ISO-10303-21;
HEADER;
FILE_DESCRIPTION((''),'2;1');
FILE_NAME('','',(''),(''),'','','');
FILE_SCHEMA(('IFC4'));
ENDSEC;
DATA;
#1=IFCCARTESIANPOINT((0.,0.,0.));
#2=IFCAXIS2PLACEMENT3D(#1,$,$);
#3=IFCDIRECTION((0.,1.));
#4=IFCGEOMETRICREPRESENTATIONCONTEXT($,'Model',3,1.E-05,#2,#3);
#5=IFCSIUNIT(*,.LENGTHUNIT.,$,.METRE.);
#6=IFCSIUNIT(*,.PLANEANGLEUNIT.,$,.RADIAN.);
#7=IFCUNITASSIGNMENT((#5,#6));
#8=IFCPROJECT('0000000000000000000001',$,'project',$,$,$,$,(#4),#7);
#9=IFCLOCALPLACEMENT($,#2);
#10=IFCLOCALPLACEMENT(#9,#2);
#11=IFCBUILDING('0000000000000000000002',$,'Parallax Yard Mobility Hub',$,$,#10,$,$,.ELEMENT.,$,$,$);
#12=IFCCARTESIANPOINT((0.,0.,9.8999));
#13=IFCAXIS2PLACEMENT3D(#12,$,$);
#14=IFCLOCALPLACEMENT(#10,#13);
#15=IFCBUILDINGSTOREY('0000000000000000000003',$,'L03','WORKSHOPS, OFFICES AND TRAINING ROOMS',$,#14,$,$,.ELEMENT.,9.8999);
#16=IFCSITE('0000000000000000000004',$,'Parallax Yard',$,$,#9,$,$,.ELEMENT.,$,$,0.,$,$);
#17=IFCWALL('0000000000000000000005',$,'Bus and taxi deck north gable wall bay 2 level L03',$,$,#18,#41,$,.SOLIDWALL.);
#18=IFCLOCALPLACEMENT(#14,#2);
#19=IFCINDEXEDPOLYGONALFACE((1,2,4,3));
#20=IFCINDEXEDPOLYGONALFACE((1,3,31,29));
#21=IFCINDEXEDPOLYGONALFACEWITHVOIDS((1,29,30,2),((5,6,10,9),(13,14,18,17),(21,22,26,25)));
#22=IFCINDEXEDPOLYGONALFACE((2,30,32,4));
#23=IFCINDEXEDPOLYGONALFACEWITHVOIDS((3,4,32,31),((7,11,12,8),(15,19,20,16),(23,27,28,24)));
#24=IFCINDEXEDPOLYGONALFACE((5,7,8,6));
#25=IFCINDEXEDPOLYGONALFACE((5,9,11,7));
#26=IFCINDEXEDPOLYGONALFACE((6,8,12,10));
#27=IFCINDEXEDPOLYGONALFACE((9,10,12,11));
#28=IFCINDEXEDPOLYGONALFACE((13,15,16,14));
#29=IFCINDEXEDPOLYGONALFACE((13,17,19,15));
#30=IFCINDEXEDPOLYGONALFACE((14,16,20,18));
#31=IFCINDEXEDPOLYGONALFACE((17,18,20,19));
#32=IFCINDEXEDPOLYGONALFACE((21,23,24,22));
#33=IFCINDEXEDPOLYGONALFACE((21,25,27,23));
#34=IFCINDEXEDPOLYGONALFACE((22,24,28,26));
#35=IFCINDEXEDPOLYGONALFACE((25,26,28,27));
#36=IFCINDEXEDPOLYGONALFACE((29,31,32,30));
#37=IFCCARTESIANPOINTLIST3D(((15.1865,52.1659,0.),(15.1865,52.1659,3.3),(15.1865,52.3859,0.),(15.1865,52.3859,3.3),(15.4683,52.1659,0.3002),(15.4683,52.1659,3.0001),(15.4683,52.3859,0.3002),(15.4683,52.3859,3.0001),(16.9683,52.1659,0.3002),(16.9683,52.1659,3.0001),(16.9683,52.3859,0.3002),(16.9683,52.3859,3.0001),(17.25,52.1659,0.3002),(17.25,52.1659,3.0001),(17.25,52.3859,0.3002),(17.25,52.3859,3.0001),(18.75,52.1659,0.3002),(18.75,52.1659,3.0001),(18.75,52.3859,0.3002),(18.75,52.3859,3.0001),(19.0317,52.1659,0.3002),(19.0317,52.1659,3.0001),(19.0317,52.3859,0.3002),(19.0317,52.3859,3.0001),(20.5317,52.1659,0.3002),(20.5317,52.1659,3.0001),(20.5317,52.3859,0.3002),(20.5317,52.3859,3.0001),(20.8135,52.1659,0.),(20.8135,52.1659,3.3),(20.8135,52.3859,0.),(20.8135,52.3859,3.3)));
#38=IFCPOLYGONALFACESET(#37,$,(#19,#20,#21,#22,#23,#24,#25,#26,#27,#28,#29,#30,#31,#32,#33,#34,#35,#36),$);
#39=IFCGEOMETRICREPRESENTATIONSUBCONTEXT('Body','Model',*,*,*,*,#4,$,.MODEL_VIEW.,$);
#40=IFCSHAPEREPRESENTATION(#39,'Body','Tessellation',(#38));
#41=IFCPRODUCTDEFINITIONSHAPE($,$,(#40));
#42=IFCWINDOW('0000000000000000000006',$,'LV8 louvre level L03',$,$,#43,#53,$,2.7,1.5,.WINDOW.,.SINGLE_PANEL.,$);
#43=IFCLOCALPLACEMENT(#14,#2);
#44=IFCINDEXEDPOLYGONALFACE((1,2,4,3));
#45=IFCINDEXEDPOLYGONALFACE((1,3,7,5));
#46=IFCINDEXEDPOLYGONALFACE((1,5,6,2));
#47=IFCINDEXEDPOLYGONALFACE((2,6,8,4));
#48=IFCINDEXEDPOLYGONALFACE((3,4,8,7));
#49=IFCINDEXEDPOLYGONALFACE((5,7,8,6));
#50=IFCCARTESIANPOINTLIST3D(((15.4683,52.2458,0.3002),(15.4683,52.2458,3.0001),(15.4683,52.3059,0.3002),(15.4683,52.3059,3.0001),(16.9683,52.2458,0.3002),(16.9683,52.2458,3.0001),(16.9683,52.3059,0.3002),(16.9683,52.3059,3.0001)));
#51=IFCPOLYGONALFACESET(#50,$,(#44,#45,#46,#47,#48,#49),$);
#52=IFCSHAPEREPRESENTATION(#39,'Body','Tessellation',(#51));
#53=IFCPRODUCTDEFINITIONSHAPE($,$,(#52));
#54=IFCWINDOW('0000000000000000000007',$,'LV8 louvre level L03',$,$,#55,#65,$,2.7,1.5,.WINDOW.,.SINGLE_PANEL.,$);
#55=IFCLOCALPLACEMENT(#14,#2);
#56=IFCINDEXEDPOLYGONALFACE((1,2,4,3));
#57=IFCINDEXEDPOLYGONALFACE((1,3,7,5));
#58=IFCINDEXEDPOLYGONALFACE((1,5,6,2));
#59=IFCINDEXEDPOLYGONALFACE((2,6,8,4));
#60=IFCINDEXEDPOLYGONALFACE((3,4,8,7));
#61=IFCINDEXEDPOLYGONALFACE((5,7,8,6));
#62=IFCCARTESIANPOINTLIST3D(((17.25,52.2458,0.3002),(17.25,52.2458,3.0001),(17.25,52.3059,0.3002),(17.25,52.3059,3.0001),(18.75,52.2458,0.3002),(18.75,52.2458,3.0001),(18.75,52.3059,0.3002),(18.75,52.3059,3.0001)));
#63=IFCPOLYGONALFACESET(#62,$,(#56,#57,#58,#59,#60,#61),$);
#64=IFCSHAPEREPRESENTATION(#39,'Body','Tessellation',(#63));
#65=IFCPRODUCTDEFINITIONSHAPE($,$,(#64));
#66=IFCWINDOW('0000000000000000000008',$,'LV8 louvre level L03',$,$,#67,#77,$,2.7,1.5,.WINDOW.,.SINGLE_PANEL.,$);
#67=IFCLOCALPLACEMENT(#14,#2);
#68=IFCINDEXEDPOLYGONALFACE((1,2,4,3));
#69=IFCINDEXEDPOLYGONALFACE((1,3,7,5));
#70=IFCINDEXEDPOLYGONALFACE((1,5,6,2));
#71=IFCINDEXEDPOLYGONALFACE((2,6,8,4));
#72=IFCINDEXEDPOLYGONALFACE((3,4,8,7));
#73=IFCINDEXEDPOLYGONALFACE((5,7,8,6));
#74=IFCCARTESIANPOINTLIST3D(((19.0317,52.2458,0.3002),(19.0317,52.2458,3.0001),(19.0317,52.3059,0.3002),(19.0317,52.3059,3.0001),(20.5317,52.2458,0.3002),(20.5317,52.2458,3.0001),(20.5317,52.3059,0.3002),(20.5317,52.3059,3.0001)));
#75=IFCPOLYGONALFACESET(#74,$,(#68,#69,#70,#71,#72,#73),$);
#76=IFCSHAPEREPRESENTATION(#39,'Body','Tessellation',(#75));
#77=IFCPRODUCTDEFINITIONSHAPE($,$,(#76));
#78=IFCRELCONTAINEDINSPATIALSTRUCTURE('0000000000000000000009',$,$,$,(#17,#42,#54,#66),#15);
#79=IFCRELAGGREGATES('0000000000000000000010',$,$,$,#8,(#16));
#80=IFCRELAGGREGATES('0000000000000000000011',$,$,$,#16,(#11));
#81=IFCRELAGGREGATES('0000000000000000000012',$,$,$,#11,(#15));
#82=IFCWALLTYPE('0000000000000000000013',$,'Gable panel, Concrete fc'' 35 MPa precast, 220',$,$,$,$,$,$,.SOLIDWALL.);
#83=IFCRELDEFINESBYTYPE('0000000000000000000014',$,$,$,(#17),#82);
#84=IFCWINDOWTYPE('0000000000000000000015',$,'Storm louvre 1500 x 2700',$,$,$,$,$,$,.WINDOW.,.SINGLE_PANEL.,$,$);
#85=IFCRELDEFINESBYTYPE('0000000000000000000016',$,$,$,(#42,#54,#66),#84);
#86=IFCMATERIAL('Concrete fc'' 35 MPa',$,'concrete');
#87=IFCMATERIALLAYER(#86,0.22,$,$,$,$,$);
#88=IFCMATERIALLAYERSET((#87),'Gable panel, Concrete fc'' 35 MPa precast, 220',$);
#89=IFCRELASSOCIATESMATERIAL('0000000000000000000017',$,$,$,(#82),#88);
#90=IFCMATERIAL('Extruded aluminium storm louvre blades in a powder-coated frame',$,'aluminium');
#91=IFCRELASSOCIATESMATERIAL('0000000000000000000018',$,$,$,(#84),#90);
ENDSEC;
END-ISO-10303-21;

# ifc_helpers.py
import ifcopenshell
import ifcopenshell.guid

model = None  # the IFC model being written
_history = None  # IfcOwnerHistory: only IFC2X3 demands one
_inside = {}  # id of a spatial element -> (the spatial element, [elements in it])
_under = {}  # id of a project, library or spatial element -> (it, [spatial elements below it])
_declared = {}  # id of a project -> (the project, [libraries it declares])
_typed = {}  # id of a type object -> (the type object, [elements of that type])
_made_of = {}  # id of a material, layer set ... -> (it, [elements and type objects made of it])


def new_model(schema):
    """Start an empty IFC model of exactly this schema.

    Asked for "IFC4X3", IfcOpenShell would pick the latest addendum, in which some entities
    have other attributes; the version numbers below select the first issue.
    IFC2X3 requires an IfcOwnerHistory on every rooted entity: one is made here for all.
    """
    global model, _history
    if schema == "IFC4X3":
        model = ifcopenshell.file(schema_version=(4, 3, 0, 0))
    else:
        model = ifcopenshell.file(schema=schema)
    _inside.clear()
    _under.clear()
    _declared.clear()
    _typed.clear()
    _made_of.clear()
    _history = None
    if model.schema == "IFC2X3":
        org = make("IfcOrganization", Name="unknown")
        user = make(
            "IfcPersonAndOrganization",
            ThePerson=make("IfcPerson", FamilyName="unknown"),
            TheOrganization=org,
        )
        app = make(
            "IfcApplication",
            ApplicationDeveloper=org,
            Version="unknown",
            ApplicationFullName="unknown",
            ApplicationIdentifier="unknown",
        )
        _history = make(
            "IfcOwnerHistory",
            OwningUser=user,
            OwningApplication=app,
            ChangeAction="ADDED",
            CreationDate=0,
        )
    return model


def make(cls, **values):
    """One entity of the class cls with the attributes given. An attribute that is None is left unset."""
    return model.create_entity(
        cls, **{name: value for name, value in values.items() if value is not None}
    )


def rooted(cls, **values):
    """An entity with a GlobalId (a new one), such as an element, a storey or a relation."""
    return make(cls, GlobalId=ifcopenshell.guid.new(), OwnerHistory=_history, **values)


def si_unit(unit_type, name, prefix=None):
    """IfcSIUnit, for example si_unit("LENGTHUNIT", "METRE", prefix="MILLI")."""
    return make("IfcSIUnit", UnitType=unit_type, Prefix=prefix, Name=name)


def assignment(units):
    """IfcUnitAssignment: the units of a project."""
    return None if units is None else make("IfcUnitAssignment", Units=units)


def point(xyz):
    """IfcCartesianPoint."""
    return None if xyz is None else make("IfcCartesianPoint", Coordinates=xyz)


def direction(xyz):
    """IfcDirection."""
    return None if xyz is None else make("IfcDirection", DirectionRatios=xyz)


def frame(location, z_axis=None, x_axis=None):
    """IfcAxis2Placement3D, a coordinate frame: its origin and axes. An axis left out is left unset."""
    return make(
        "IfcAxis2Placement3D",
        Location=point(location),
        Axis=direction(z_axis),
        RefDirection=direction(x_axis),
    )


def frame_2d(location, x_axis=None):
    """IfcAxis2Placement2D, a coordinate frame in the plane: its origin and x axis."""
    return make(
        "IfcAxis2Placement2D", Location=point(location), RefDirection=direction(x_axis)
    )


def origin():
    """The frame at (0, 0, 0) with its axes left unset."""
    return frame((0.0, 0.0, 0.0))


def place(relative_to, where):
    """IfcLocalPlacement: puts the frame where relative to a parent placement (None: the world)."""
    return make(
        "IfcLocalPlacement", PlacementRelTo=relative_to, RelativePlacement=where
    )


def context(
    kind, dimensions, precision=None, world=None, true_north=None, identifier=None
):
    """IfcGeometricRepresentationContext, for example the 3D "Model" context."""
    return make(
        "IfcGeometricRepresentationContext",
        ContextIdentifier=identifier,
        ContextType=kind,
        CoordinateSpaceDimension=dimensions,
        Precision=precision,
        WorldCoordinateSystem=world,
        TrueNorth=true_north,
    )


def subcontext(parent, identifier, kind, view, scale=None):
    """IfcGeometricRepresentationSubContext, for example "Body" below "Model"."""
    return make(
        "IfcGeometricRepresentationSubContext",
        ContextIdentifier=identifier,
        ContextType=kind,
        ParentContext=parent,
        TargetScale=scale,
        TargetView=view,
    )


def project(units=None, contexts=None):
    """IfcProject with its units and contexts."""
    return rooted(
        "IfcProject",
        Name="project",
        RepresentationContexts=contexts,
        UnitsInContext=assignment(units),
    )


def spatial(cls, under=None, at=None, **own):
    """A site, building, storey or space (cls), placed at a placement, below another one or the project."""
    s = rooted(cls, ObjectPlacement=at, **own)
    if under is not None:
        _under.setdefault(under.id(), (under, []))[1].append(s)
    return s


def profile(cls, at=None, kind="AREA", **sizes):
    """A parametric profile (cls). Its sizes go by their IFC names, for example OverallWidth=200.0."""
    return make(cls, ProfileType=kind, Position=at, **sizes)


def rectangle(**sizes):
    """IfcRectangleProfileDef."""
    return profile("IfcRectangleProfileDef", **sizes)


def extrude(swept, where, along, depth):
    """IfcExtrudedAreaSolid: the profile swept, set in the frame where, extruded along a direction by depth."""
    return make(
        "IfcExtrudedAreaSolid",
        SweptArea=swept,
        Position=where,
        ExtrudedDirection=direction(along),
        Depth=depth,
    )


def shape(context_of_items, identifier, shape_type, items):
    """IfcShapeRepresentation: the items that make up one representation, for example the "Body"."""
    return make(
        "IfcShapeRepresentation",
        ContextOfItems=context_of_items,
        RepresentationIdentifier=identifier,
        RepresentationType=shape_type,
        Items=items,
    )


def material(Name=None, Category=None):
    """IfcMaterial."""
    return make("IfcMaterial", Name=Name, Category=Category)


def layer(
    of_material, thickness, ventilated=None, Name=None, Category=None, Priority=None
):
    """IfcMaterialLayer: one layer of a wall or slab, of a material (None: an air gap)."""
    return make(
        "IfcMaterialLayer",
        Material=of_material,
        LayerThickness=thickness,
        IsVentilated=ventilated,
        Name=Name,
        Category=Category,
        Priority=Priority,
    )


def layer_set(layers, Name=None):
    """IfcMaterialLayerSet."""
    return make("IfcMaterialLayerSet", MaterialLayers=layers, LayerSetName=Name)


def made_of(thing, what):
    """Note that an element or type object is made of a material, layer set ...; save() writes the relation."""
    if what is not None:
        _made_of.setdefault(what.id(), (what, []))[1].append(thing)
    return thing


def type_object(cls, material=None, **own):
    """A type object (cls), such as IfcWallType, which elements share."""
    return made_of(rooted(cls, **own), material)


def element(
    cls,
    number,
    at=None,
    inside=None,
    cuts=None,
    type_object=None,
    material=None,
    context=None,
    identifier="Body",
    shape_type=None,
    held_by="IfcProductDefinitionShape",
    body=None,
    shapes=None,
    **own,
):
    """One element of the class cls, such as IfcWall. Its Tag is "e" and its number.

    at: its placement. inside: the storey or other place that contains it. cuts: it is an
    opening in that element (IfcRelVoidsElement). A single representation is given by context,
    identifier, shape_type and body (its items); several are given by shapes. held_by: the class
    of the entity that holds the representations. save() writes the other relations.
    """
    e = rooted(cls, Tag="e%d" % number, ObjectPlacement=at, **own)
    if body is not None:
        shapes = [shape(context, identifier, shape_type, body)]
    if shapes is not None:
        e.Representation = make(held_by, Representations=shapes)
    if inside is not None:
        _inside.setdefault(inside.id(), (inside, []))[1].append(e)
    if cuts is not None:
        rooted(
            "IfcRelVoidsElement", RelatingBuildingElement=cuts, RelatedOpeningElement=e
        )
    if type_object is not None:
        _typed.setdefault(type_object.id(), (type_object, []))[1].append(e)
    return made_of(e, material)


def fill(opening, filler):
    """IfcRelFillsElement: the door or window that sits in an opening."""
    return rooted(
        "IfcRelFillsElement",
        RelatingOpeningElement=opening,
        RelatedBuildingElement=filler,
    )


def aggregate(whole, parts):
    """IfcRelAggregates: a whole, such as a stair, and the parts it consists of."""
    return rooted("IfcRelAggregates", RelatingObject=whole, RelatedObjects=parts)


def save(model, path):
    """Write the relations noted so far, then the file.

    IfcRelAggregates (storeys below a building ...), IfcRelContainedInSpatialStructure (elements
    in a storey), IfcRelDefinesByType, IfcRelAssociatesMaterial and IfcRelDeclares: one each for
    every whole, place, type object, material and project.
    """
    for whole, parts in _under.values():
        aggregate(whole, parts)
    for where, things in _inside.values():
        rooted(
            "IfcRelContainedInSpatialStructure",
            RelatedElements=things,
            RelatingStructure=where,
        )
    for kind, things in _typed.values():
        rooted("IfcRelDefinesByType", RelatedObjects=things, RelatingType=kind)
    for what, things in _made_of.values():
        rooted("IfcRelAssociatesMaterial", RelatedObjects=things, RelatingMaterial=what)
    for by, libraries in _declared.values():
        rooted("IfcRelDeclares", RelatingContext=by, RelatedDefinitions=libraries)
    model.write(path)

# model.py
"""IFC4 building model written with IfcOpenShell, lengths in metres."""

from ifc_helpers import new_model, si_unit, direction, frame, frame_2d, origin, place, context, subcontext, project, spatial, rectangle, extrude, material, layer, layer_set, type_object, element, fill, save


model = new_model("IFC4")

# Units and contexts
model_context = context("Model", 3, precision=1e-05, world=origin(), true_north=direction((0.0, 1.0)))
body_context = subcontext(model_context, "Body", "Model", "MODEL_VIEW")
ifc_project = project(units=[si_unit("LENGTHUNIT", "METRE"), si_unit("PLANEANGLEUNIT", "RADIAN")], contexts=[model_context])

# Site, building, storey
site_placement = place(None, origin())
site = spatial("IfcSite", under=ifc_project, at=site_placement, Name="Parallax Yard", CompositionType="ELEMENT", RefElevation=0.0)
building_placement = place(site_placement, origin())
building = spatial("IfcBuilding", under=site, at=building_placement, Name="Parallax Yard Mobility Hub", CompositionType="ELEMENT")
storey_placement = place(building_placement, frame((0.0, 0.0, 9.8999)))
storey = spatial("IfcBuildingStorey", under=building, at=storey_placement, Name="L03", Description="WORKSHOPS, OFFICES AND TRAINING ROOMS", CompositionType="ELEMENT", Elevation=9.8999)

# Shared definitions
ifc_material_1 = material(Name="Concrete fc' 35 MPa", Category="concrete")
ifc_layer = layer(ifc_material_1, 0.22)
ifc_layer_set = layer_set([ifc_layer], Name="Gable panel, Concrete fc' 35 MPa precast, 220")
wall_type = type_object("IfcWallType", Name="Gable panel, Concrete fc' 35 MPa precast, 220", PredefinedType="SOLIDWALL", material=ifc_layer_set)

# Shared definitions
ifc_material_2 = material(Name="Extruded aluminium storm louvre blades in a powder-coated frame", Category="aluminium")
window_type = type_object("IfcWindowType", Name="Storm louvre 1500 x 2700", PartitioningType="SINGLE_PANEL", PredefinedType="WINDOW", material=ifc_material_2)

# Wall, openings, windows
wall_1_placement = place(storey_placement, frame((15.1865, 52.2759, 0.0), z_axis=(0.0, 0.0, 1.0), x_axis=(1.0, 0.0, 0.0)))
wall_1 = element("IfcWall", 1, at=wall_1_placement, inside=storey, type_object=wall_type, Name="Bus and taxi deck north gable wall bay 2 level L03", PredefinedType="SOLIDWALL", context=body_context, shape_type="SweptSolid", body=[
    extrude(rectangle(XDim=5.627, YDim=0.22, at=frame_2d((2.8135, 0.0))), origin(), (0.0, 0.0, 1.0), 3.3),
])
opening_1_placement = place(wall_1_placement, frame((0.2817, 0.0, 0.3)))
opening_1 = element("IfcOpeningElement", 2, at=opening_1_placement, cuts=wall_1, PredefinedType="OPENING", context=body_context, shape_type="SweptSolid", body=[
    extrude(rectangle(XDim=1.5, YDim=2.7, at=frame_2d((0.75, 1.3501))), frame((0.0, 0.1201, 0.0), z_axis=(0.0, -1.0, 0.0), x_axis=(1.0, 0.0, 0.0)), (0.0, 0.0, 1.0), 0.24),
])
opening_2_placement = place(wall_1_placement, frame((2.0635, 0.0, 0.3)))
opening_2 = element("IfcOpeningElement", 3, at=opening_2_placement, cuts=wall_1, PredefinedType="OPENING", context=body_context, shape_type="SweptSolid", body=[
    extrude(rectangle(XDim=1.5, YDim=2.7, at=frame_2d((0.75, 1.3501))), frame((0.0, 0.1201, 0.0), z_axis=(0.0, -1.0, 0.0), x_axis=(1.0, 0.0, 0.0)), (0.0, 0.0, 1.0), 0.24),
])
opening_3_placement = place(wall_1_placement, frame((3.8452, 0.0, 0.3)))
opening_3 = element("IfcOpeningElement", 4, at=opening_3_placement, cuts=wall_1, PredefinedType="OPENING", context=body_context, shape_type="SweptSolid", body=[
    extrude(rectangle(XDim=1.5, YDim=2.7, at=frame_2d((0.75, 1.3501))), frame((0.0, 0.1201, 0.0), z_axis=(0.0, -1.0, 0.0), x_axis=(1.0, 0.0, 0.0)), (0.0, 0.0, 1.0), 0.24),
])
window_1_placement = place(opening_1_placement, origin())
window_1 = element("IfcWindow", 5, at=window_1_placement, inside=storey, type_object=window_type, Name="LV8 louvre level L03", OverallHeight=2.7, OverallWidth=1.5, PartitioningType="SINGLE_PANEL", PredefinedType="WINDOW", context=body_context, shape_type="SweptSolid", body=[
    extrude(rectangle(XDim=1.5, YDim=2.7, at=frame_2d((0.75, 1.3501))), frame((0.0, 0.03, 0.0), z_axis=(0.0, -1.0, 0.0), x_axis=(1.0, 0.0, 0.0)), (0.0, 0.0, 1.0), 0.0601),
])
fill(opening_1, window_1)
window_2_placement = place(opening_2_placement, origin())
window_2 = element("IfcWindow", 6, at=window_2_placement, inside=storey, type_object=window_type, Name="LV8 louvre level L03", OverallHeight=2.7, OverallWidth=1.5, PartitioningType="SINGLE_PANEL", PredefinedType="WINDOW", context=body_context, shape_type="SweptSolid", body=[
    extrude(rectangle(XDim=1.5, YDim=2.7, at=frame_2d((0.75, 1.3501))), frame((0.0, 0.03, 0.0), z_axis=(0.0, -1.0, 0.0), x_axis=(1.0, 0.0, 0.0)), (0.0, 0.0, 1.0), 0.0601),
])
fill(opening_2, window_2)
window_3_placement = place(opening_3_placement, origin())
window_3 = element("IfcWindow", 7, at=window_3_placement, inside=storey, type_object=window_type, Name="LV8 louvre level L03", OverallHeight=2.7, OverallWidth=1.5, PartitioningType="SINGLE_PANEL", PredefinedType="WINDOW", context=body_context, shape_type="SweptSolid", body=[
    extrude(rectangle(XDim=1.5, YDim=2.7, at=frame_2d((0.75, 1.3501))), frame((0.0, 0.03, 0.0), z_axis=(0.0, -1.0, 0.0), x_axis=(1.0, 0.0, 0.0)), (0.0, 0.0, 1.0), 0.0601),
])
fill(opening_3, window_3)

save(model, "model.ifc")
